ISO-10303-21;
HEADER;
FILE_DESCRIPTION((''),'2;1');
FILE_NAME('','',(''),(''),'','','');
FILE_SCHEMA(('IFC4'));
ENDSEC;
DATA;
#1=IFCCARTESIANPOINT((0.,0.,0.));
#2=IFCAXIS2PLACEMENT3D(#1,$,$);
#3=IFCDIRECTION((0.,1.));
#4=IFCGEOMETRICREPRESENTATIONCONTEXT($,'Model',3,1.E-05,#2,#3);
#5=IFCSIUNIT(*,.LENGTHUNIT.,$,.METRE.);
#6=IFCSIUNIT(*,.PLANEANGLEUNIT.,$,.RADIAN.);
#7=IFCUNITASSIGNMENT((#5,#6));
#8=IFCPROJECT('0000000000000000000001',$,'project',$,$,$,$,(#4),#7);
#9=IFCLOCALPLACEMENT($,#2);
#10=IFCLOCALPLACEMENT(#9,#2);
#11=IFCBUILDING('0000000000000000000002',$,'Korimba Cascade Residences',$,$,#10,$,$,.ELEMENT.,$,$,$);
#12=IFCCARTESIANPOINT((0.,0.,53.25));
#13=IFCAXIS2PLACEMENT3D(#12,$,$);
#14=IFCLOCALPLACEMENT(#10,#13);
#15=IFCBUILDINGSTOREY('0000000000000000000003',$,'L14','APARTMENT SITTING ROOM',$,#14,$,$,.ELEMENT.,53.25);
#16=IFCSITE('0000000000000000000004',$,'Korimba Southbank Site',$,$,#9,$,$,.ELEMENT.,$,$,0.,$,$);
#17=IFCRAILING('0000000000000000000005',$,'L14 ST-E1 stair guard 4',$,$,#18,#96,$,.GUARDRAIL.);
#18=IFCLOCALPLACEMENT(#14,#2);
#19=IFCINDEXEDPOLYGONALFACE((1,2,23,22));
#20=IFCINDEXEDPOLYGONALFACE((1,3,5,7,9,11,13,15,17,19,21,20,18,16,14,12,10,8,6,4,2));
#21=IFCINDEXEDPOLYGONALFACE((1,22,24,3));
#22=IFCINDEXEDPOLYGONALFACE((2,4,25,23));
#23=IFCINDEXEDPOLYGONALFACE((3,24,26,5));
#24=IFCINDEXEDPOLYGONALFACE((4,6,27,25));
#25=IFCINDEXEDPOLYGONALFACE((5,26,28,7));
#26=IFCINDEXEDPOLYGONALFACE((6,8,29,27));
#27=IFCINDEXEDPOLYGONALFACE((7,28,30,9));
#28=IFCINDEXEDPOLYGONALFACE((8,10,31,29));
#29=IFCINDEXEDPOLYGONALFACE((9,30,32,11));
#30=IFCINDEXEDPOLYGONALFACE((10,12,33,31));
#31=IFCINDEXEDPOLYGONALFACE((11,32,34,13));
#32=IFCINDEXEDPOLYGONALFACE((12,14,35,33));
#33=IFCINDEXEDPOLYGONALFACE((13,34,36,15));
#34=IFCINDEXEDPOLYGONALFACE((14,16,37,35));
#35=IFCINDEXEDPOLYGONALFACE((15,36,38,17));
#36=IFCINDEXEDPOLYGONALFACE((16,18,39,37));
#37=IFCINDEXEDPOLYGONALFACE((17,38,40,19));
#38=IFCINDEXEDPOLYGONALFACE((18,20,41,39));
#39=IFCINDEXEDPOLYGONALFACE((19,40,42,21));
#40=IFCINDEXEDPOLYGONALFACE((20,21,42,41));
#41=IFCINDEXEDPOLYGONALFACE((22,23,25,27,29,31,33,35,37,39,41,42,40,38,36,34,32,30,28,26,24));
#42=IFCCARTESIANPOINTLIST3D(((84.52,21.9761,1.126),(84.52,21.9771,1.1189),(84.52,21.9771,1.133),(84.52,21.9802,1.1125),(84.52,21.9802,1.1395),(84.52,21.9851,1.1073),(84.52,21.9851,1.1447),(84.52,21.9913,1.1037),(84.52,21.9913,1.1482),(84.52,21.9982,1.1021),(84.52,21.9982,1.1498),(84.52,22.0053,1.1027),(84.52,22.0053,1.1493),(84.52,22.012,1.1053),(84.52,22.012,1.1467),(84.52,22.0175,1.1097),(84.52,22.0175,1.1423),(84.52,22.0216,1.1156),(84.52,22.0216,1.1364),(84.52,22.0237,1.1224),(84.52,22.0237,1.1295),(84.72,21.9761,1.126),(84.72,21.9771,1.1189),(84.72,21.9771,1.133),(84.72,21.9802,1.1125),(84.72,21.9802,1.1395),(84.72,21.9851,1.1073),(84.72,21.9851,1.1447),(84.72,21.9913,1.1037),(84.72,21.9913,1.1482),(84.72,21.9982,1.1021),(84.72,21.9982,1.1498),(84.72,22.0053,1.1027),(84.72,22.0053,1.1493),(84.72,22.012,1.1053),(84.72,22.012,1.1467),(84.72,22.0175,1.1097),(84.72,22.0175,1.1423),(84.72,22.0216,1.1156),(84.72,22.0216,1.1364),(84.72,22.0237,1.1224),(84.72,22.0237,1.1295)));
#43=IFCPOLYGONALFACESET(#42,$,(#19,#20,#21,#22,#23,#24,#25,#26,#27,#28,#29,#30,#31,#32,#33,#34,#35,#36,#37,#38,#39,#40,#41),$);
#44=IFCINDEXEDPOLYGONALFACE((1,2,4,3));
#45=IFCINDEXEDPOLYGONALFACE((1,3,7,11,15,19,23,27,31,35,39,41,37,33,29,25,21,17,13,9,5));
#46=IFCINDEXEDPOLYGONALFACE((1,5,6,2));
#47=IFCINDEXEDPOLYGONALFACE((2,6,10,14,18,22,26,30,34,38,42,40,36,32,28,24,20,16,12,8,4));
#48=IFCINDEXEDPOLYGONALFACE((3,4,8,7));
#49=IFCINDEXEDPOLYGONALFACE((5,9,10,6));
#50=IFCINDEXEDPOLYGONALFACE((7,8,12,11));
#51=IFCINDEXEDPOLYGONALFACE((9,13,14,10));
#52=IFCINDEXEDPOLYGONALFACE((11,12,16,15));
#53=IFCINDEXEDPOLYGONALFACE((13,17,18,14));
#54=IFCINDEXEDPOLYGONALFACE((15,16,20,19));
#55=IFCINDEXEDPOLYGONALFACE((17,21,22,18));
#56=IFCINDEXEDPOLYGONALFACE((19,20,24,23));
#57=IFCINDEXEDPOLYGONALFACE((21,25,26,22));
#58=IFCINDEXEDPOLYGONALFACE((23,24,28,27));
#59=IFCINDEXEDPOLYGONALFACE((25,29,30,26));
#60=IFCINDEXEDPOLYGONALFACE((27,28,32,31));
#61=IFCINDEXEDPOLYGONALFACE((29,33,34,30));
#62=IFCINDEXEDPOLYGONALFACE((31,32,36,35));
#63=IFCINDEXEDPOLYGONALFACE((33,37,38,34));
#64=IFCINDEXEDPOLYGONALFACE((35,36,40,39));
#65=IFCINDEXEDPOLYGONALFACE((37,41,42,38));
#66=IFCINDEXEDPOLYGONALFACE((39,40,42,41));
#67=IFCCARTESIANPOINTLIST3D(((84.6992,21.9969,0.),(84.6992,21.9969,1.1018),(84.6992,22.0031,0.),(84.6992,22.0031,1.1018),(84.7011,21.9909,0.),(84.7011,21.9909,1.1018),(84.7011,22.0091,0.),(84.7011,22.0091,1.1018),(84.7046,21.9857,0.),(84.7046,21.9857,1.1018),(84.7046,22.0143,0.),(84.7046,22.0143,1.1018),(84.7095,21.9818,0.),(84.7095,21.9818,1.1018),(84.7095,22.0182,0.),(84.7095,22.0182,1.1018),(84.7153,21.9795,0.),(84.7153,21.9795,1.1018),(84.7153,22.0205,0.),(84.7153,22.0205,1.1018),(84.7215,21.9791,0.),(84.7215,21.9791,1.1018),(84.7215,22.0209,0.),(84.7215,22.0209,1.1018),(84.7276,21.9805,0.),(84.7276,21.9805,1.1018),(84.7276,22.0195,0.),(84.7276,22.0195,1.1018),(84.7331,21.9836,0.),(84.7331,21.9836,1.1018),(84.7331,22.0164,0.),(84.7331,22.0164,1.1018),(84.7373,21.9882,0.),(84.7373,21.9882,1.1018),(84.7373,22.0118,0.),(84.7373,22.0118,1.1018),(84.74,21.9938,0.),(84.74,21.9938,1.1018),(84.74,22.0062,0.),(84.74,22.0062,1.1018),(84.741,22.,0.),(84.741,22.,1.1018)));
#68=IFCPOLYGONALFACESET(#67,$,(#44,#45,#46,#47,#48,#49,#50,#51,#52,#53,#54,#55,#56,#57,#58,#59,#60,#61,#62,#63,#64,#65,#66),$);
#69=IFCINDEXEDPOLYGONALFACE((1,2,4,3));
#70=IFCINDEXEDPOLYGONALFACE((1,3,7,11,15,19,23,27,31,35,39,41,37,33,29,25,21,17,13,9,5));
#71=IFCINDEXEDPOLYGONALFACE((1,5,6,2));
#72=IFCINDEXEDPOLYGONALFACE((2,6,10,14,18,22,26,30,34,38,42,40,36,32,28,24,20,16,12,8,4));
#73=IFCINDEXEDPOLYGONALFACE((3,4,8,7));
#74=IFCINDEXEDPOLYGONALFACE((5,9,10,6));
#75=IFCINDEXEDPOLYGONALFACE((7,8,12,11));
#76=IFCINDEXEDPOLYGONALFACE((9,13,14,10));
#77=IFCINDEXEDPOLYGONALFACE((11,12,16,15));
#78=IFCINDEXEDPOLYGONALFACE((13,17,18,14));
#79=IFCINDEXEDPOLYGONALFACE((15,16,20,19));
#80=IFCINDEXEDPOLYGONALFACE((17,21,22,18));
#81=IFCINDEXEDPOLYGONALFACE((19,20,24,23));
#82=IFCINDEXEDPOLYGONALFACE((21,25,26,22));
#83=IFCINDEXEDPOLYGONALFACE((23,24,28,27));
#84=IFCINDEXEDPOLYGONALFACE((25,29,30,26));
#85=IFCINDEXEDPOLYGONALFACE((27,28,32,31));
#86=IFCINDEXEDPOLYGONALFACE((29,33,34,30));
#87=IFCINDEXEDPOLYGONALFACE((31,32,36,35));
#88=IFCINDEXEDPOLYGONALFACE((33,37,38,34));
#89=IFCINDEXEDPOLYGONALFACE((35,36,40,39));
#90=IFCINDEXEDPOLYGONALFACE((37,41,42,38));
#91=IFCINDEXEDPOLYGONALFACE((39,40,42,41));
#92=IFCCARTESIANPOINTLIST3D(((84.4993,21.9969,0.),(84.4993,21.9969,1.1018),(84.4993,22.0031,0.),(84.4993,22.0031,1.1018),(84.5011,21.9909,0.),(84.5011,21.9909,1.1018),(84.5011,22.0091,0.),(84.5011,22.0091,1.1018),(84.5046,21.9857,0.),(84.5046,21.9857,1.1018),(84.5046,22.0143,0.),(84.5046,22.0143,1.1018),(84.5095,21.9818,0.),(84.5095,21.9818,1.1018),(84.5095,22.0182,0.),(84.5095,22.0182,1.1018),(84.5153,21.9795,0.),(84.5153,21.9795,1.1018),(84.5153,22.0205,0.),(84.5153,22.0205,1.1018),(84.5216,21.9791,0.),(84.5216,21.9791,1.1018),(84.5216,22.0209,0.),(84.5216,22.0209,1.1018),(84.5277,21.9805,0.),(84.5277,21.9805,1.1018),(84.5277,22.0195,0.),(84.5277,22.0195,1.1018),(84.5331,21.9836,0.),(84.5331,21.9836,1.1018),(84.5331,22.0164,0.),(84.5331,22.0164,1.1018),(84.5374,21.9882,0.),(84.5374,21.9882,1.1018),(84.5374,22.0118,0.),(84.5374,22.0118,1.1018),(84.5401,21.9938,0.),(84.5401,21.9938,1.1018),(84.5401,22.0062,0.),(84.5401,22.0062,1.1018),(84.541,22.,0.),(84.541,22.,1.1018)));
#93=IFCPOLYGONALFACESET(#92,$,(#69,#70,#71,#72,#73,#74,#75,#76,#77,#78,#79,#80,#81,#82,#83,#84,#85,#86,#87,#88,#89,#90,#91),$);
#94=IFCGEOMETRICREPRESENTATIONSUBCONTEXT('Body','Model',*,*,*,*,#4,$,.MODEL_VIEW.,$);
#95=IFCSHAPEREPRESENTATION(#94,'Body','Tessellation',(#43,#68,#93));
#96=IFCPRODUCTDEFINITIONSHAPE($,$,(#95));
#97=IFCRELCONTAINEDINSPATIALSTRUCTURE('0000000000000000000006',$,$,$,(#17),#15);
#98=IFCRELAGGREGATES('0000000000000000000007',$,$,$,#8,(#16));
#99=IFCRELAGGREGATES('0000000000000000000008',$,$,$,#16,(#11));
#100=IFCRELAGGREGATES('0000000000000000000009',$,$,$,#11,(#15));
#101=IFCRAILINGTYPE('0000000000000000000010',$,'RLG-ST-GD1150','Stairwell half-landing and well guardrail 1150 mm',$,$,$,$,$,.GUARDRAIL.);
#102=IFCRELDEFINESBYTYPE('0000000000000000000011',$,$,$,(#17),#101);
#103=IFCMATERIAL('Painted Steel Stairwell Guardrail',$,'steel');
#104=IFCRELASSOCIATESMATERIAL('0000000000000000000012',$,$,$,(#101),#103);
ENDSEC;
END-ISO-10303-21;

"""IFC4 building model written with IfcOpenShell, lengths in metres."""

from ifc_helpers import new_model, si_unit, direction, frame, origin, origin_2d, place, context, subcontext, project, spatial, circle, extrude, material, type_object, element, save


model = new_model("IFC4")

# Units and contexts
model_context = context("Model", 3, precision=1e-05, world=origin(), true_north=direction((0.0, 1.0)))
body_context = subcontext(model_context, "Body", "Model", "MODEL_VIEW")
ifc_project = project(units=[si_unit("LENGTHUNIT", "METRE"), si_unit("PLANEANGLEUNIT", "RADIAN")], contexts=[model_context])

# Site, building, storey
site_placement = place(None, origin())
site = spatial("IfcSite", under=ifc_project, at=site_placement, Name="Korimba Southbank Site", CompositionType="ELEMENT", RefElevation=0.0)
building_placement = place(site_placement, origin())
building = spatial("IfcBuilding", under=site, at=building_placement, Name="Korimba Cascade Residences", CompositionType="ELEMENT")
storey_placement = place(building_placement, frame((0.0, 0.0, 53.25)))
storey = spatial("IfcBuildingStorey", under=building, at=storey_placement, Name="L14", Description="APARTMENT SITTING ROOM", CompositionType="ELEMENT", Elevation=53.25)

# Railing
ifc_material_1 = material(Name="Painted Steel Stairwell Guardrail", Category="steel")
railing_type_1 = type_object("IfcRailingType", Name="RLG-ST-GD1150", Description="Stairwell half-landing and well guardrail 1150 mm", PredefinedType="GUARDRAIL", material=ifc_material_1)
railing_1_placement = place(storey_placement, frame((84.72, 22.0, 0.0)))
element("IfcRailing", 1, at=railing_1_placement, inside=storey, type_object=railing_type_1, Name="L14 ST-E1 stair guard 4", PredefinedType="GUARDRAIL", context=body_context, shape_type="SweptSolid", body=[
    extrude(circle(Radius=0.0239, at=origin_2d()), frame((0.0, 0.0, 1.126), z_axis=(-1.0, 0.0, 0.0), x_axis=(0.0, -1.0, 0.0)), (0.0, 0.0, 1.0), 0.2),
    extrude(circle(Radius=0.021, at=origin_2d()), origin(), (0.0, 0.0, 1.0), 1.1018),
    extrude(circle(Radius=0.021, at=origin_2d()), frame((-0.2, 0.0, 0.0)), (0.0, 0.0, 1.0), 1.1018),
])

save(model, "model.ifc")
